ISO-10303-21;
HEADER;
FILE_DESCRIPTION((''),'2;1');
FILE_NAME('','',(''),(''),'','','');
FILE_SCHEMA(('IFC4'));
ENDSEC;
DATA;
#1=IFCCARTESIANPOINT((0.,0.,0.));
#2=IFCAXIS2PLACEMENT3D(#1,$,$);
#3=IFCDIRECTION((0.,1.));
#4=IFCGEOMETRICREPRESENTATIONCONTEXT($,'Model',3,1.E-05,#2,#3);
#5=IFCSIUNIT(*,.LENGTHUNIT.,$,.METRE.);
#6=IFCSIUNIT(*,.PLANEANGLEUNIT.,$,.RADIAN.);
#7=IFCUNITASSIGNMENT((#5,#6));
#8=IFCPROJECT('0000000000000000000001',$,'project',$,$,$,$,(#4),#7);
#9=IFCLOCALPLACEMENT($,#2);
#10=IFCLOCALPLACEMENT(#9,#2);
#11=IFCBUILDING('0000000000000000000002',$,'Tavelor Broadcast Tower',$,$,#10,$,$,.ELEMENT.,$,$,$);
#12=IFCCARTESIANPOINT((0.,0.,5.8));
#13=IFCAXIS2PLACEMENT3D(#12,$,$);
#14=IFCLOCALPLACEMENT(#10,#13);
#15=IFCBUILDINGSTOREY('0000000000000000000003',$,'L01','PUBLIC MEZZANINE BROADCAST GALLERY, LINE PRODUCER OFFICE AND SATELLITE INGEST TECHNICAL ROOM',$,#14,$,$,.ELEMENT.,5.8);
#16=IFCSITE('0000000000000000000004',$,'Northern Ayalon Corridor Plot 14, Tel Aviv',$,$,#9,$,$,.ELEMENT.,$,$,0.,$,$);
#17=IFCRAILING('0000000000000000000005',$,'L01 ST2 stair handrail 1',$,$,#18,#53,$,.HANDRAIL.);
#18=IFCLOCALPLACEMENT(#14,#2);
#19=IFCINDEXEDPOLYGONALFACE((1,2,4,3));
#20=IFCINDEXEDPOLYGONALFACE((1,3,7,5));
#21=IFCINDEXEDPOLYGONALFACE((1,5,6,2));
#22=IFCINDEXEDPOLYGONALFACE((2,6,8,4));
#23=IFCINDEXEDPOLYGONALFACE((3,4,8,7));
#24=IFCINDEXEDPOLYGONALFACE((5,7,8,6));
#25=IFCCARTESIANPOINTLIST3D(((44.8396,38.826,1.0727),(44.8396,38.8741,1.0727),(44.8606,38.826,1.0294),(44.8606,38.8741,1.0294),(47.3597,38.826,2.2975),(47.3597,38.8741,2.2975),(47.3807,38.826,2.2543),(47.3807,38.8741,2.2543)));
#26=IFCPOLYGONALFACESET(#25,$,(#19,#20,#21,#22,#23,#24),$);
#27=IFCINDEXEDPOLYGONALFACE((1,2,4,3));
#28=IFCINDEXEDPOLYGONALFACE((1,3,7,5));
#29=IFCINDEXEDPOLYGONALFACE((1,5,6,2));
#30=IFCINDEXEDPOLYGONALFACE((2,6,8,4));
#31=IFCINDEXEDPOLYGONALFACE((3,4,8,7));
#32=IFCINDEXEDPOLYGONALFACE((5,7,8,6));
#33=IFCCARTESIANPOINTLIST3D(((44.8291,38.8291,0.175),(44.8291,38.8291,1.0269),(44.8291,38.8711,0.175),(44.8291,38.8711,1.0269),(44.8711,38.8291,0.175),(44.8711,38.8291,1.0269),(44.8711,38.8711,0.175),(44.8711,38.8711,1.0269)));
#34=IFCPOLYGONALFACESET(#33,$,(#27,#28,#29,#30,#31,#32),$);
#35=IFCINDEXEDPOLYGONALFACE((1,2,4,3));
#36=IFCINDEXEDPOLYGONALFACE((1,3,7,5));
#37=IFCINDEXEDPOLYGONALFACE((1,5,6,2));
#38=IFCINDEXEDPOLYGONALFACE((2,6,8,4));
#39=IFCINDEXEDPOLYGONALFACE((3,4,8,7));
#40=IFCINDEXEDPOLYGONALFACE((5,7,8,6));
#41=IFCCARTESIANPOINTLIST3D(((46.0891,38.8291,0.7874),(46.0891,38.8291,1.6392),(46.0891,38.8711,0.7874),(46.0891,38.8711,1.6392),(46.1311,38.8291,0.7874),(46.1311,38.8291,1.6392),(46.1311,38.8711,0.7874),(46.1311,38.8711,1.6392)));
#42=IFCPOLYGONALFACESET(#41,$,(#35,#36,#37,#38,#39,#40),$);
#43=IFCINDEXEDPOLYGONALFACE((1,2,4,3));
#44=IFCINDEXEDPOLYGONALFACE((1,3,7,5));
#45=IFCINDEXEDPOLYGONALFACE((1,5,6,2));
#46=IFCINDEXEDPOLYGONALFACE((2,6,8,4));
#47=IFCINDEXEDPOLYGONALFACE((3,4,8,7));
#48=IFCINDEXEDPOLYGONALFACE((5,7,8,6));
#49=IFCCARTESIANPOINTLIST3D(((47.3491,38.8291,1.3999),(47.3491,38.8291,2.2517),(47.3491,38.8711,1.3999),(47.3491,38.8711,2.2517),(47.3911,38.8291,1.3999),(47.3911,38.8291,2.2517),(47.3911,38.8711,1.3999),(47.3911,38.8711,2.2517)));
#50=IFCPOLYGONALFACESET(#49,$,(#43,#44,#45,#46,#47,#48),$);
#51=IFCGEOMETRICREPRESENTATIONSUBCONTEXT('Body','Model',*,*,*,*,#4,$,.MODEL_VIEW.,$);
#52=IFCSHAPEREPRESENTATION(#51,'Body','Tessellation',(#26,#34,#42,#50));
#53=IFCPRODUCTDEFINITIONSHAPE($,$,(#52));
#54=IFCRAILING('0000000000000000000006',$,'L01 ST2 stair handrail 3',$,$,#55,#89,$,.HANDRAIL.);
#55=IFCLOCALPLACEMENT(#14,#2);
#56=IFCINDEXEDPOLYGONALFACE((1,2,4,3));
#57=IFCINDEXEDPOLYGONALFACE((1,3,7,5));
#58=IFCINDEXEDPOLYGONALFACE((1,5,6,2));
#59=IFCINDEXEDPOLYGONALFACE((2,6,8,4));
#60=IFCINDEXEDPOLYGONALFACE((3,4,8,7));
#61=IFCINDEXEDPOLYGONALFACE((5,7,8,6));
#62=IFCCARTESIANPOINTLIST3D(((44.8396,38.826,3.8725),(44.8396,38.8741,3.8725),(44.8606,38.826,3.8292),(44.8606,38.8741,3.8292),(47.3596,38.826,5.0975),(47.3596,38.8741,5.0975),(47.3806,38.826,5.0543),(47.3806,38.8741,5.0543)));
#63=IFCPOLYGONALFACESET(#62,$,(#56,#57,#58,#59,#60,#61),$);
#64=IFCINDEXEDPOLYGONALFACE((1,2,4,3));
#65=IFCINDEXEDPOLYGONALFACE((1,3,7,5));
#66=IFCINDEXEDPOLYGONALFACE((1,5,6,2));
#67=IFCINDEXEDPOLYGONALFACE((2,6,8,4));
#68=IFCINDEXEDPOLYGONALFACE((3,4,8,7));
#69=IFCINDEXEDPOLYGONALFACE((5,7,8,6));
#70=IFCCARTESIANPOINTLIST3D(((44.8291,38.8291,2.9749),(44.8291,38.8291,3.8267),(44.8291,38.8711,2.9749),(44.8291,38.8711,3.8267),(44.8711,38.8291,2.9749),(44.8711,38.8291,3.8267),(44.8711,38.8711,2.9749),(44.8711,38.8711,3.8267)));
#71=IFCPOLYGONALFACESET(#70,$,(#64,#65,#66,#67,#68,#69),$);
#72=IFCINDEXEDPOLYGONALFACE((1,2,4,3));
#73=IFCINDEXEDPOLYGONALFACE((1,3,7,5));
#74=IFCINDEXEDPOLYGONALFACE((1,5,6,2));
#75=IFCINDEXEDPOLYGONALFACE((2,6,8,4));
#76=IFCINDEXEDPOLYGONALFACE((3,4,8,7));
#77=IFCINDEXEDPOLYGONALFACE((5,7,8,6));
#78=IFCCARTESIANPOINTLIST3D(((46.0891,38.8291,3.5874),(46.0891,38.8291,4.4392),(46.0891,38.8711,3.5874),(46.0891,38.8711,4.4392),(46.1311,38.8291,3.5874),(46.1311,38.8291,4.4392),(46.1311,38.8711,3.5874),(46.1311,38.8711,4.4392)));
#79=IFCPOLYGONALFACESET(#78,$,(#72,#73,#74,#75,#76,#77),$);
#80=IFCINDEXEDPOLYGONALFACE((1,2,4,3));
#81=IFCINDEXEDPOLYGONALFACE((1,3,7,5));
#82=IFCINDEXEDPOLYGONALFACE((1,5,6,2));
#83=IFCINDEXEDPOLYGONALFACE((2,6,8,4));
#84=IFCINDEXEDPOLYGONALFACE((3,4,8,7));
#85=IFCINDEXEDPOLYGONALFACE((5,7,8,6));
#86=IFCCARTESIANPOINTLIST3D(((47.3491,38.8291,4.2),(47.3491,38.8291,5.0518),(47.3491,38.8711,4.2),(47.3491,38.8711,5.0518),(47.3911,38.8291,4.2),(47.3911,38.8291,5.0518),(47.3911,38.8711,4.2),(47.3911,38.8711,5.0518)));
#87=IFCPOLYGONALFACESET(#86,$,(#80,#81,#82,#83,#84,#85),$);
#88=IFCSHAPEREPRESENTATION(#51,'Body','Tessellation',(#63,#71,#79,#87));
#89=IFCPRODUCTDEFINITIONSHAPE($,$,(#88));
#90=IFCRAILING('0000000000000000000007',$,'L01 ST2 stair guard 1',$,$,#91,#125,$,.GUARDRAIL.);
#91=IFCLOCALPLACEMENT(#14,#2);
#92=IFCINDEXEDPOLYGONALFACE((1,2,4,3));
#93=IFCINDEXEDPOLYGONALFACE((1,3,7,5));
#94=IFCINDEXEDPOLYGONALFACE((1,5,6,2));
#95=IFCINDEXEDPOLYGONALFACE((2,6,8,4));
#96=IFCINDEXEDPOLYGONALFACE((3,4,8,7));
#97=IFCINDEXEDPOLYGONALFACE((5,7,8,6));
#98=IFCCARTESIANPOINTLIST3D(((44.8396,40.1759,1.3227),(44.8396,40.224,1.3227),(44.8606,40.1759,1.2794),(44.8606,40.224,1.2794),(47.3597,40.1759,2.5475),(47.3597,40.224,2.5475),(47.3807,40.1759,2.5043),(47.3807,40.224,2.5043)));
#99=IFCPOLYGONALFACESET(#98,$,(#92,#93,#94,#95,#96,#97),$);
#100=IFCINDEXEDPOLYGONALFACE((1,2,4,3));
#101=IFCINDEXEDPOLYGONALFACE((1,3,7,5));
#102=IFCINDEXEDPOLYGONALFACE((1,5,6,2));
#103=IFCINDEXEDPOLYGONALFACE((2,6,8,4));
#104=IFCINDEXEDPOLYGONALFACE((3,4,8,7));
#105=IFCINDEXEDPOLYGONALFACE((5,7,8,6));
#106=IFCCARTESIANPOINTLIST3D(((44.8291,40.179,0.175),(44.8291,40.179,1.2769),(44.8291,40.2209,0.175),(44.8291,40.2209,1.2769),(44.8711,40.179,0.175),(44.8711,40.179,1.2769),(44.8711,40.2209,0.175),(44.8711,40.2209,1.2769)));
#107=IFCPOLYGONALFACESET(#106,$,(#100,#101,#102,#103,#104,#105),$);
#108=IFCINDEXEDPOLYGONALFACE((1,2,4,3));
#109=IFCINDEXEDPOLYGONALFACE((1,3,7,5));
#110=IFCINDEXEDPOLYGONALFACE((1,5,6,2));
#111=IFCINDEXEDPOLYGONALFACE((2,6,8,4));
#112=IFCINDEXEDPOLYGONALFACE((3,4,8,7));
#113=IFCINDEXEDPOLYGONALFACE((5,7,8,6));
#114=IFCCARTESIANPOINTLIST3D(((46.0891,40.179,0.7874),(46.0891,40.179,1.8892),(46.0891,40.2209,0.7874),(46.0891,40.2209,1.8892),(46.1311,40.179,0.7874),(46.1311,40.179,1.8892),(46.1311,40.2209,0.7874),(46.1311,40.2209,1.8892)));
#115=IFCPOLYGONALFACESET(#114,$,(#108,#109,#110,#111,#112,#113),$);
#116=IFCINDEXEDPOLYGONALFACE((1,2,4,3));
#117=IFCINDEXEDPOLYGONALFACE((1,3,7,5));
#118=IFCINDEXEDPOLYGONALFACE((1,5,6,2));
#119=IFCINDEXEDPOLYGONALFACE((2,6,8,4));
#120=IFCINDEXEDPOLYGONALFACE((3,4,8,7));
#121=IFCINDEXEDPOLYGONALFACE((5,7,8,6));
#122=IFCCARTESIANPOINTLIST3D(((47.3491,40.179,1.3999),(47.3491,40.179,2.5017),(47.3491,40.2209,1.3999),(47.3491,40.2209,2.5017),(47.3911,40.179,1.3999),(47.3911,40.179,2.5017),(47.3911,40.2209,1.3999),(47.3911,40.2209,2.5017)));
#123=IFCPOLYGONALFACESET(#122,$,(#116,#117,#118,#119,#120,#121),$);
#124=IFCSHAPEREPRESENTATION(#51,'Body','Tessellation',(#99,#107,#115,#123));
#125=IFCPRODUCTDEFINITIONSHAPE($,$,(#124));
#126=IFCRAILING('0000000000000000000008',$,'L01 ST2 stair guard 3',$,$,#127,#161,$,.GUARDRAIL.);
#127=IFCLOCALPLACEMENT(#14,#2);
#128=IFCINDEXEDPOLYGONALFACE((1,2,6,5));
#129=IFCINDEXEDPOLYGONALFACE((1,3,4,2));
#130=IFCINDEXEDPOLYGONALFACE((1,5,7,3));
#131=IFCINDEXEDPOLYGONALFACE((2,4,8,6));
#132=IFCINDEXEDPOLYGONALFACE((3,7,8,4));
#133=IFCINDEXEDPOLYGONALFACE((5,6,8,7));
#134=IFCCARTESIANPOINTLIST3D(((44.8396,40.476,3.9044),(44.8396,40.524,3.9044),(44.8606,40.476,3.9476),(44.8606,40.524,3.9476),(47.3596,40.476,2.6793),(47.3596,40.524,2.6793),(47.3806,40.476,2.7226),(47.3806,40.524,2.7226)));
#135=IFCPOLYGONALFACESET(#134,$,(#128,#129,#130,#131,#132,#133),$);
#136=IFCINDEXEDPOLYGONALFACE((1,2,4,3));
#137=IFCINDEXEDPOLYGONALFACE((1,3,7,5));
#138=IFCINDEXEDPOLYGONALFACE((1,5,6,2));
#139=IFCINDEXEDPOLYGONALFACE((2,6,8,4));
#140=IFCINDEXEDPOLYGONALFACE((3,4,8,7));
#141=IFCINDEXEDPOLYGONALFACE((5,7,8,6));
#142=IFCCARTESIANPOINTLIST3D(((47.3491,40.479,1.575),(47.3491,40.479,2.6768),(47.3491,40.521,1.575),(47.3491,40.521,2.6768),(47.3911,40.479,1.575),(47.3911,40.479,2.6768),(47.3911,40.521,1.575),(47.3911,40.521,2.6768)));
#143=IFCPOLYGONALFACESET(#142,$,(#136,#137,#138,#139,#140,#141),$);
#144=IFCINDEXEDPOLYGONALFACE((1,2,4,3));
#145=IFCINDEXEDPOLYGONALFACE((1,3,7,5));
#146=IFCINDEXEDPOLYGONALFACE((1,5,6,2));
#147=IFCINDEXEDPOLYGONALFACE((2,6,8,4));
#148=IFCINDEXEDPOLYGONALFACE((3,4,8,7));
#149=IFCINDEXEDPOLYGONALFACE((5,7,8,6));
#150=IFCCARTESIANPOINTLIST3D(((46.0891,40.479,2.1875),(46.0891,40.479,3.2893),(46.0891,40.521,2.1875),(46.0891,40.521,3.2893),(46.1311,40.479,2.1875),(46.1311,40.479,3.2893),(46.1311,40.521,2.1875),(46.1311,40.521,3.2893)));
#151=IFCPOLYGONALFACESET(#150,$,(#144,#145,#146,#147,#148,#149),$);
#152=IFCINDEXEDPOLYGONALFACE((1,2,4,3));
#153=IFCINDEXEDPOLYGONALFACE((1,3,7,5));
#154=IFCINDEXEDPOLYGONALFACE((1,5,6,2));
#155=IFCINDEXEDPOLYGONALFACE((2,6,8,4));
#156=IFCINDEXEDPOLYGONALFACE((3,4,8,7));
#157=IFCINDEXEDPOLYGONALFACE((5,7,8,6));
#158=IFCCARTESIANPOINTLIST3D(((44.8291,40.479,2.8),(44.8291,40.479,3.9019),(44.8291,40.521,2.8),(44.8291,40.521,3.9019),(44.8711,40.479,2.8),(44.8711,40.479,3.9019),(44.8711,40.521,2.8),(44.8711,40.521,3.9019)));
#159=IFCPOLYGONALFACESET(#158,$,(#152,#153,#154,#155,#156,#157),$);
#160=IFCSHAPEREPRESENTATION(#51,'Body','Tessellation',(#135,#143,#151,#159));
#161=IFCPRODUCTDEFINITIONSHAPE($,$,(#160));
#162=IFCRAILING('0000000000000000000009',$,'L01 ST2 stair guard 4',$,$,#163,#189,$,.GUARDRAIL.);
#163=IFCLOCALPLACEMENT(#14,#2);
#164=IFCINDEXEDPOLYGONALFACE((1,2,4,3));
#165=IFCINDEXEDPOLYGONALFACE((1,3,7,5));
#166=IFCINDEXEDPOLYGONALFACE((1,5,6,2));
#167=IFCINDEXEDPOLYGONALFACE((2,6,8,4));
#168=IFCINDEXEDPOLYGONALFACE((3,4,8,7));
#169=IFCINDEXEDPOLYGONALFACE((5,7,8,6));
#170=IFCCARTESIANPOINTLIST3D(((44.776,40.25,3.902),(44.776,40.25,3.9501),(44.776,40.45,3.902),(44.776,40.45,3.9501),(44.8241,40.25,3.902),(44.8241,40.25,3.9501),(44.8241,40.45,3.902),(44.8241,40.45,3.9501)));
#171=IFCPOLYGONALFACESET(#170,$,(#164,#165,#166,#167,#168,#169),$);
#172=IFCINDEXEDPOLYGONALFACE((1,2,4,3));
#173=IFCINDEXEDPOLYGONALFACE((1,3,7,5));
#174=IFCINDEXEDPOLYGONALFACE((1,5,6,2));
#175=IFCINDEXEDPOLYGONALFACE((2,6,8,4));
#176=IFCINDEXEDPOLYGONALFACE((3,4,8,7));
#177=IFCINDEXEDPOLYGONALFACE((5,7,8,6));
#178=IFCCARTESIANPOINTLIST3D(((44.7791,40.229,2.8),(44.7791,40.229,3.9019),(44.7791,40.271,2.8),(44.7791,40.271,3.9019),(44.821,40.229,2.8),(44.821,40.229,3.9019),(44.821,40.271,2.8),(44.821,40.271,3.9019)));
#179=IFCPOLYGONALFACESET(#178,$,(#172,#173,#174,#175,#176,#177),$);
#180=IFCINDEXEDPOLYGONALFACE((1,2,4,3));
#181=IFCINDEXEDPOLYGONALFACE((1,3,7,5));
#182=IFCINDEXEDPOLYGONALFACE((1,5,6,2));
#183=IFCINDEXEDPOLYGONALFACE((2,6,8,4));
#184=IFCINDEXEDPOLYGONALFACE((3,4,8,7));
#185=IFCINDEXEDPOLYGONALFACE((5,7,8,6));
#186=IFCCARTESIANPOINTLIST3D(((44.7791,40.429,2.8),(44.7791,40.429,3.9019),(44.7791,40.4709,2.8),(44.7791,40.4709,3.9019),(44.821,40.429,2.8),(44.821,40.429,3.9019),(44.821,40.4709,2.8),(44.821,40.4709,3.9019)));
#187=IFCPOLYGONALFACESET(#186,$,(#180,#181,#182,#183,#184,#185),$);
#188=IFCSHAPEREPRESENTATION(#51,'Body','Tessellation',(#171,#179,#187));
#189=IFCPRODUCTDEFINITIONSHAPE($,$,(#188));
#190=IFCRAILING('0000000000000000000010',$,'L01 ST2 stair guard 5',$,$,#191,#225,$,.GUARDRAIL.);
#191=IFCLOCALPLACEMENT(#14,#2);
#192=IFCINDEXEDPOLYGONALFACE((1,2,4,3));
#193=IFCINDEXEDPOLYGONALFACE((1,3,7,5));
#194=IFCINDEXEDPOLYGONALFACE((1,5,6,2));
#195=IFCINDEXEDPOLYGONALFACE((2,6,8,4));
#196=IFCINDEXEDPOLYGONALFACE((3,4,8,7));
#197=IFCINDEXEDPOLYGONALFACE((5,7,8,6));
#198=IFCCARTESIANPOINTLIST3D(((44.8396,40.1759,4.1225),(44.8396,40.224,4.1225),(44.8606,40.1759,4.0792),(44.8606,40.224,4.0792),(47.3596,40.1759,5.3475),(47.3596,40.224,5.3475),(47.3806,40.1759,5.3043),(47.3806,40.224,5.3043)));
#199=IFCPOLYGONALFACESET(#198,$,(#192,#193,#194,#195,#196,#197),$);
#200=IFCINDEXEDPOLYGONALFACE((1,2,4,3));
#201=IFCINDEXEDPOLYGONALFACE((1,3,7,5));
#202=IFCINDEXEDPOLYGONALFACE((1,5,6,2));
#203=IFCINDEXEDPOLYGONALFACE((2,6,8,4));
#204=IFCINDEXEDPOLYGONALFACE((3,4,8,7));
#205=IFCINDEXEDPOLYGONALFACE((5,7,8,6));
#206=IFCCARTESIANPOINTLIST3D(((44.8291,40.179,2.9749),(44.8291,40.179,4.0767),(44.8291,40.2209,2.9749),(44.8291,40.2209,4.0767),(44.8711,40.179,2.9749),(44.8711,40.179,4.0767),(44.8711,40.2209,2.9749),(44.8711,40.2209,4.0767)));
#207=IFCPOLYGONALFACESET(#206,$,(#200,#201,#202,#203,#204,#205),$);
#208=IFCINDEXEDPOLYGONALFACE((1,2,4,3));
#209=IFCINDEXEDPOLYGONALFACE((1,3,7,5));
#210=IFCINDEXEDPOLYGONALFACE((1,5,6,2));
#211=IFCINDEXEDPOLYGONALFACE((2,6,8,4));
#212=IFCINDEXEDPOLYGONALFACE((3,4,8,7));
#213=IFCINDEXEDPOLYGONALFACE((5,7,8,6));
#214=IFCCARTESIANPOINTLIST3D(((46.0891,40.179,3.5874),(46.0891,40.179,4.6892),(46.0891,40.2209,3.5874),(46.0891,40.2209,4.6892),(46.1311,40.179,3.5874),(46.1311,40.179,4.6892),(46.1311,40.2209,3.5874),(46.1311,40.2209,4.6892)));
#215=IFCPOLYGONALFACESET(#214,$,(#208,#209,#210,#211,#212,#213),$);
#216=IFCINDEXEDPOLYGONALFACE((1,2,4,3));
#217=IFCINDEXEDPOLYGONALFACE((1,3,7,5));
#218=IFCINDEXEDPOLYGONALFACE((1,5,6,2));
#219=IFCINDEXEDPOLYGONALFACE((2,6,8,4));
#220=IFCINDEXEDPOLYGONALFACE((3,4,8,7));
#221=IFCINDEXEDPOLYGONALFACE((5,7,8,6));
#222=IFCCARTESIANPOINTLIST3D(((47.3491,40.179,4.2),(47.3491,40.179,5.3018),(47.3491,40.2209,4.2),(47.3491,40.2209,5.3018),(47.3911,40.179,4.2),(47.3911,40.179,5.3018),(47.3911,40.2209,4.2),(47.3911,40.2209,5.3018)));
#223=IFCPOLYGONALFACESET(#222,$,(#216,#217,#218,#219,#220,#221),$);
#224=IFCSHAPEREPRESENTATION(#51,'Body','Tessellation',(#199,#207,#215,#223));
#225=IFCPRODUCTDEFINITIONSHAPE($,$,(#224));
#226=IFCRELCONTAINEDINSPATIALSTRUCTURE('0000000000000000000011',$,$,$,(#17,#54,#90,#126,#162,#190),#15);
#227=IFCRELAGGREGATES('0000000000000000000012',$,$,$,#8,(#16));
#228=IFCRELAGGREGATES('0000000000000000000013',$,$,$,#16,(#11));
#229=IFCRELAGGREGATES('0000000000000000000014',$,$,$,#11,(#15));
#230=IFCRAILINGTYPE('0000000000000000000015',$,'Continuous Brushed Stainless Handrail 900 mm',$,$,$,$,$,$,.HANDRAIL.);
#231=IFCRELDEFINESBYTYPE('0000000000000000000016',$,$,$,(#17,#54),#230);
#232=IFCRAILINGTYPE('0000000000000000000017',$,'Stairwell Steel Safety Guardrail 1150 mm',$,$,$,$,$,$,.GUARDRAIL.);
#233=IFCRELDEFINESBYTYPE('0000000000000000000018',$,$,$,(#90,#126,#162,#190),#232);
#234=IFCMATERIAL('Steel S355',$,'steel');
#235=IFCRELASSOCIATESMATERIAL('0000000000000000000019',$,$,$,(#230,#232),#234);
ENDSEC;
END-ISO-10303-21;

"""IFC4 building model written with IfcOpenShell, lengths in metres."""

from ifc_helpers import new_model, si_unit, direction, frame, origin, origin_2d, place, context, subcontext, project, spatial, rectangle, extrude, material, type_object, element, save


model = new_model("IFC4")

# Units and contexts
model_context = context("Model", 3, precision=1e-05, world=origin(), true_north=direction((0.0, 1.0)))
body_context = subcontext(model_context, "Body", "Model", "MODEL_VIEW")
ifc_project = project(units=[si_unit("LENGTHUNIT", "METRE"), si_unit("PLANEANGLEUNIT", "RADIAN")], contexts=[model_context])

# Site, building, storey
site_placement = place(None, origin())
site = spatial("IfcSite", under=ifc_project, at=site_placement, Name="Northern Ayalon Corridor Plot 14, Tel Aviv", CompositionType="ELEMENT", RefElevation=0.0)
building_placement = place(site_placement, origin())
building = spatial("IfcBuilding", under=site, at=building_placement, Name="Tavelor Broadcast Tower", CompositionType="ELEMENT")
storey_placement = place(building_placement, frame((0.0, 0.0, 5.8)))
storey = spatial("IfcBuildingStorey", under=building, at=storey_placement, Name="L01", Description="PUBLIC MEZZANINE BROADCAST GALLERY, LINE PRODUCER OFFICE AND SATELLITE INGEST TECHNICAL ROOM", CompositionType="ELEMENT", Elevation=5.8)

# Shared definitions
ifc_material_1 = material(Name="Steel S355", Category="steel")

# Railings
railing_type_1 = type_object("IfcRailingType", Name="Continuous Brushed Stainless Handrail 900 mm", PredefinedType="HANDRAIL", material=ifc_material_1)
railing_1_placement = place(storey_placement, frame((44.8501, 38.8501, 0.175)))
element("IfcRailing", 1, at=railing_1_placement, inside=storey, type_object=railing_type_1, Name="L01 ST2 stair handrail 1", PredefinedType="HANDRAIL", context=body_context, shape_type="SweptSolid", body=[
    extrude(rectangle(XDim=0.0481, YDim=0.0481, at=origin_2d()), frame((0.0, 0.0, 0.876), z_axis=(0.89939, 0.0, 0.437148), x_axis=(0.0, 1.0, 0.0)), (0.0, 0.0, 1.0), 2.802),
    extrude(rectangle(XDim=0.042, YDim=0.042, at=origin_2d()), origin(), (0.0, 0.0, 1.0), 0.8518),
    extrude(rectangle(XDim=0.042, YDim=0.042, at=origin_2d()), frame((1.26, 0.0, 0.6123)), (0.0, 0.0, 1.0), 0.8518),
    extrude(rectangle(XDim=0.042, YDim=0.042, at=origin_2d()), frame((2.52, 0.0, 1.2249)), (0.0, 0.0, 1.0), 0.8518),
])
railing_2_placement = place(storey_placement, frame((44.8501, 38.8501, 2.9749)))
element("IfcRailing", 2, at=railing_2_placement, inside=storey, type_object=railing_type_1, Name="L01 ST2 stair handrail 3", PredefinedType="HANDRAIL", context=body_context, shape_type="SweptSolid", body=[
    extrude(rectangle(XDim=0.0481, YDim=0.0481, at=origin_2d()), frame((0.0, 0.0, 0.876), z_axis=(0.899355, 0.0, 0.437218), x_axis=(0.0, 1.0, 0.0)), (0.0, 0.0, 1.0), 2.802),
    extrude(rectangle(XDim=0.042, YDim=0.042, at=origin_2d()), origin(), (0.0, 0.0, 1.0), 0.8518),
    extrude(rectangle(XDim=0.042, YDim=0.042, at=origin_2d()), frame((1.26, 0.0, 0.6125)), (0.0, 0.0, 1.0), 0.8518),
    extrude(rectangle(XDim=0.042, YDim=0.042, at=origin_2d()), frame((2.52, 0.0, 1.2251)), (0.0, 0.0, 1.0), 0.8518),
])
railing_type_2 = type_object("IfcRailingType", Name="Stairwell Steel Safety Guardrail 1150 mm", PredefinedType="GUARDRAIL", material=ifc_material_1)
railing_3_placement = place(storey_placement, frame((44.8501, 40.2, 0.175)))
element("IfcRailing", 3, at=railing_3_placement, inside=storey, type_object=railing_type_2, Name="L01 ST2 stair guard 1", PredefinedType="GUARDRAIL", context=body_context, shape_type="SweptSolid", body=[
    extrude(rectangle(XDim=0.0481, YDim=0.0481, at=origin_2d()), frame((0.0, 0.0, 1.126), z_axis=(0.89939, 0.0, 0.437148), x_axis=(0.0, 1.0, 0.0)), (0.0, 0.0, 1.0), 2.802),
    extrude(rectangle(XDim=0.042, YDim=0.042, at=origin_2d()), origin(), (0.0, 0.0, 1.0), 1.1018),
    extrude(rectangle(XDim=0.042, YDim=0.042, at=origin_2d()), frame((1.26, 0.0, 0.6123)), (0.0, 0.0, 1.0), 1.1018),
    extrude(rectangle(XDim=0.042, YDim=0.042, at=origin_2d()), frame((2.52, 0.0, 1.2249)), (0.0, 0.0, 1.0), 1.1018),
])
railing_4_placement = place(storey_placement, frame((47.3701, 40.5, 1.575)))
element("IfcRailing", 4, at=railing_4_placement, inside=storey, type_object=railing_type_2, Name="L01 ST2 stair guard 3", PredefinedType="GUARDRAIL", context=body_context, shape_type="SweptSolid", body=[
    extrude(rectangle(XDim=0.0481, YDim=0.0481, at=origin_2d()), frame((0.0, 0.0, 1.126), z_axis=(-0.899355, 0.0, 0.437218), x_axis=(0.0, -1.0, 0.0)), (0.0, 0.0, 1.0), 2.802),
    extrude(rectangle(XDim=0.042, YDim=0.042, at=origin_2d()), origin(), (0.0, 0.0, 1.0), 1.1018),
    extrude(rectangle(XDim=0.042, YDim=0.042, at=origin_2d()), frame((-1.26, 0.0, 0.6125)), (0.0, 0.0, 1.0), 1.1018),
    extrude(rectangle(XDim=0.042, YDim=0.042, at=origin_2d()), frame((-2.52, 0.0, 1.2251)), (0.0, 0.0, 1.0), 1.1018),
])
railing_5_placement = place(storey_placement, frame((44.8, 40.25, 2.8)))
element("IfcRailing", 5, at=railing_5_placement, inside=storey, type_object=railing_type_2, Name="L01 ST2 stair guard 4", PredefinedType="GUARDRAIL", context=body_context, shape_type="SweptSolid", body=[
    extrude(rectangle(XDim=0.0481, YDim=0.0481, at=origin_2d()), frame((0.0, 0.0, 1.126), z_axis=(0.0, 1.0, 0.0), x_axis=(-1.0, 0.0, 0.0)), (0.0, 0.0, 1.0), 0.2),
    extrude(rectangle(XDim=0.042, YDim=0.042, at=origin_2d()), origin(), (0.0, 0.0, 1.0), 1.1018),
    extrude(rectangle(XDim=0.042, YDim=0.042, at=origin_2d()), frame((0.0, 0.2, 0.0)), (0.0, 0.0, 1.0), 1.1018),
])
railing_6_placement = place(storey_placement, frame((44.8501, 40.2, 2.9749)))
element("IfcRailing", 6, at=railing_6_placement, inside=storey, type_object=railing_type_2, Name="L01 ST2 stair guard 5", PredefinedType="GUARDRAIL", context=body_context, shape_type="SweptSolid", body=[
    extrude(rectangle(XDim=0.0481, YDim=0.0481, at=origin_2d()), frame((0.0, 0.0, 1.126), z_axis=(0.899355, 0.0, 0.437218), x_axis=(0.0, 1.0, 0.0)), (0.0, 0.0, 1.0), 2.802),
    extrude(rectangle(XDim=0.042, YDim=0.042, at=origin_2d()), origin(), (0.0, 0.0, 1.0), 1.1018),
    extrude(rectangle(XDim=0.042, YDim=0.042, at=origin_2d()), frame((1.26, 0.0, 0.6125)), (0.0, 0.0, 1.0), 1.1018),
    extrude(rectangle(XDim=0.042, YDim=0.042, at=origin_2d()), frame((2.52, 0.0, 1.2251)), (0.0, 0.0, 1.0), 1.1018),
])

save(model, "model.ifc")
